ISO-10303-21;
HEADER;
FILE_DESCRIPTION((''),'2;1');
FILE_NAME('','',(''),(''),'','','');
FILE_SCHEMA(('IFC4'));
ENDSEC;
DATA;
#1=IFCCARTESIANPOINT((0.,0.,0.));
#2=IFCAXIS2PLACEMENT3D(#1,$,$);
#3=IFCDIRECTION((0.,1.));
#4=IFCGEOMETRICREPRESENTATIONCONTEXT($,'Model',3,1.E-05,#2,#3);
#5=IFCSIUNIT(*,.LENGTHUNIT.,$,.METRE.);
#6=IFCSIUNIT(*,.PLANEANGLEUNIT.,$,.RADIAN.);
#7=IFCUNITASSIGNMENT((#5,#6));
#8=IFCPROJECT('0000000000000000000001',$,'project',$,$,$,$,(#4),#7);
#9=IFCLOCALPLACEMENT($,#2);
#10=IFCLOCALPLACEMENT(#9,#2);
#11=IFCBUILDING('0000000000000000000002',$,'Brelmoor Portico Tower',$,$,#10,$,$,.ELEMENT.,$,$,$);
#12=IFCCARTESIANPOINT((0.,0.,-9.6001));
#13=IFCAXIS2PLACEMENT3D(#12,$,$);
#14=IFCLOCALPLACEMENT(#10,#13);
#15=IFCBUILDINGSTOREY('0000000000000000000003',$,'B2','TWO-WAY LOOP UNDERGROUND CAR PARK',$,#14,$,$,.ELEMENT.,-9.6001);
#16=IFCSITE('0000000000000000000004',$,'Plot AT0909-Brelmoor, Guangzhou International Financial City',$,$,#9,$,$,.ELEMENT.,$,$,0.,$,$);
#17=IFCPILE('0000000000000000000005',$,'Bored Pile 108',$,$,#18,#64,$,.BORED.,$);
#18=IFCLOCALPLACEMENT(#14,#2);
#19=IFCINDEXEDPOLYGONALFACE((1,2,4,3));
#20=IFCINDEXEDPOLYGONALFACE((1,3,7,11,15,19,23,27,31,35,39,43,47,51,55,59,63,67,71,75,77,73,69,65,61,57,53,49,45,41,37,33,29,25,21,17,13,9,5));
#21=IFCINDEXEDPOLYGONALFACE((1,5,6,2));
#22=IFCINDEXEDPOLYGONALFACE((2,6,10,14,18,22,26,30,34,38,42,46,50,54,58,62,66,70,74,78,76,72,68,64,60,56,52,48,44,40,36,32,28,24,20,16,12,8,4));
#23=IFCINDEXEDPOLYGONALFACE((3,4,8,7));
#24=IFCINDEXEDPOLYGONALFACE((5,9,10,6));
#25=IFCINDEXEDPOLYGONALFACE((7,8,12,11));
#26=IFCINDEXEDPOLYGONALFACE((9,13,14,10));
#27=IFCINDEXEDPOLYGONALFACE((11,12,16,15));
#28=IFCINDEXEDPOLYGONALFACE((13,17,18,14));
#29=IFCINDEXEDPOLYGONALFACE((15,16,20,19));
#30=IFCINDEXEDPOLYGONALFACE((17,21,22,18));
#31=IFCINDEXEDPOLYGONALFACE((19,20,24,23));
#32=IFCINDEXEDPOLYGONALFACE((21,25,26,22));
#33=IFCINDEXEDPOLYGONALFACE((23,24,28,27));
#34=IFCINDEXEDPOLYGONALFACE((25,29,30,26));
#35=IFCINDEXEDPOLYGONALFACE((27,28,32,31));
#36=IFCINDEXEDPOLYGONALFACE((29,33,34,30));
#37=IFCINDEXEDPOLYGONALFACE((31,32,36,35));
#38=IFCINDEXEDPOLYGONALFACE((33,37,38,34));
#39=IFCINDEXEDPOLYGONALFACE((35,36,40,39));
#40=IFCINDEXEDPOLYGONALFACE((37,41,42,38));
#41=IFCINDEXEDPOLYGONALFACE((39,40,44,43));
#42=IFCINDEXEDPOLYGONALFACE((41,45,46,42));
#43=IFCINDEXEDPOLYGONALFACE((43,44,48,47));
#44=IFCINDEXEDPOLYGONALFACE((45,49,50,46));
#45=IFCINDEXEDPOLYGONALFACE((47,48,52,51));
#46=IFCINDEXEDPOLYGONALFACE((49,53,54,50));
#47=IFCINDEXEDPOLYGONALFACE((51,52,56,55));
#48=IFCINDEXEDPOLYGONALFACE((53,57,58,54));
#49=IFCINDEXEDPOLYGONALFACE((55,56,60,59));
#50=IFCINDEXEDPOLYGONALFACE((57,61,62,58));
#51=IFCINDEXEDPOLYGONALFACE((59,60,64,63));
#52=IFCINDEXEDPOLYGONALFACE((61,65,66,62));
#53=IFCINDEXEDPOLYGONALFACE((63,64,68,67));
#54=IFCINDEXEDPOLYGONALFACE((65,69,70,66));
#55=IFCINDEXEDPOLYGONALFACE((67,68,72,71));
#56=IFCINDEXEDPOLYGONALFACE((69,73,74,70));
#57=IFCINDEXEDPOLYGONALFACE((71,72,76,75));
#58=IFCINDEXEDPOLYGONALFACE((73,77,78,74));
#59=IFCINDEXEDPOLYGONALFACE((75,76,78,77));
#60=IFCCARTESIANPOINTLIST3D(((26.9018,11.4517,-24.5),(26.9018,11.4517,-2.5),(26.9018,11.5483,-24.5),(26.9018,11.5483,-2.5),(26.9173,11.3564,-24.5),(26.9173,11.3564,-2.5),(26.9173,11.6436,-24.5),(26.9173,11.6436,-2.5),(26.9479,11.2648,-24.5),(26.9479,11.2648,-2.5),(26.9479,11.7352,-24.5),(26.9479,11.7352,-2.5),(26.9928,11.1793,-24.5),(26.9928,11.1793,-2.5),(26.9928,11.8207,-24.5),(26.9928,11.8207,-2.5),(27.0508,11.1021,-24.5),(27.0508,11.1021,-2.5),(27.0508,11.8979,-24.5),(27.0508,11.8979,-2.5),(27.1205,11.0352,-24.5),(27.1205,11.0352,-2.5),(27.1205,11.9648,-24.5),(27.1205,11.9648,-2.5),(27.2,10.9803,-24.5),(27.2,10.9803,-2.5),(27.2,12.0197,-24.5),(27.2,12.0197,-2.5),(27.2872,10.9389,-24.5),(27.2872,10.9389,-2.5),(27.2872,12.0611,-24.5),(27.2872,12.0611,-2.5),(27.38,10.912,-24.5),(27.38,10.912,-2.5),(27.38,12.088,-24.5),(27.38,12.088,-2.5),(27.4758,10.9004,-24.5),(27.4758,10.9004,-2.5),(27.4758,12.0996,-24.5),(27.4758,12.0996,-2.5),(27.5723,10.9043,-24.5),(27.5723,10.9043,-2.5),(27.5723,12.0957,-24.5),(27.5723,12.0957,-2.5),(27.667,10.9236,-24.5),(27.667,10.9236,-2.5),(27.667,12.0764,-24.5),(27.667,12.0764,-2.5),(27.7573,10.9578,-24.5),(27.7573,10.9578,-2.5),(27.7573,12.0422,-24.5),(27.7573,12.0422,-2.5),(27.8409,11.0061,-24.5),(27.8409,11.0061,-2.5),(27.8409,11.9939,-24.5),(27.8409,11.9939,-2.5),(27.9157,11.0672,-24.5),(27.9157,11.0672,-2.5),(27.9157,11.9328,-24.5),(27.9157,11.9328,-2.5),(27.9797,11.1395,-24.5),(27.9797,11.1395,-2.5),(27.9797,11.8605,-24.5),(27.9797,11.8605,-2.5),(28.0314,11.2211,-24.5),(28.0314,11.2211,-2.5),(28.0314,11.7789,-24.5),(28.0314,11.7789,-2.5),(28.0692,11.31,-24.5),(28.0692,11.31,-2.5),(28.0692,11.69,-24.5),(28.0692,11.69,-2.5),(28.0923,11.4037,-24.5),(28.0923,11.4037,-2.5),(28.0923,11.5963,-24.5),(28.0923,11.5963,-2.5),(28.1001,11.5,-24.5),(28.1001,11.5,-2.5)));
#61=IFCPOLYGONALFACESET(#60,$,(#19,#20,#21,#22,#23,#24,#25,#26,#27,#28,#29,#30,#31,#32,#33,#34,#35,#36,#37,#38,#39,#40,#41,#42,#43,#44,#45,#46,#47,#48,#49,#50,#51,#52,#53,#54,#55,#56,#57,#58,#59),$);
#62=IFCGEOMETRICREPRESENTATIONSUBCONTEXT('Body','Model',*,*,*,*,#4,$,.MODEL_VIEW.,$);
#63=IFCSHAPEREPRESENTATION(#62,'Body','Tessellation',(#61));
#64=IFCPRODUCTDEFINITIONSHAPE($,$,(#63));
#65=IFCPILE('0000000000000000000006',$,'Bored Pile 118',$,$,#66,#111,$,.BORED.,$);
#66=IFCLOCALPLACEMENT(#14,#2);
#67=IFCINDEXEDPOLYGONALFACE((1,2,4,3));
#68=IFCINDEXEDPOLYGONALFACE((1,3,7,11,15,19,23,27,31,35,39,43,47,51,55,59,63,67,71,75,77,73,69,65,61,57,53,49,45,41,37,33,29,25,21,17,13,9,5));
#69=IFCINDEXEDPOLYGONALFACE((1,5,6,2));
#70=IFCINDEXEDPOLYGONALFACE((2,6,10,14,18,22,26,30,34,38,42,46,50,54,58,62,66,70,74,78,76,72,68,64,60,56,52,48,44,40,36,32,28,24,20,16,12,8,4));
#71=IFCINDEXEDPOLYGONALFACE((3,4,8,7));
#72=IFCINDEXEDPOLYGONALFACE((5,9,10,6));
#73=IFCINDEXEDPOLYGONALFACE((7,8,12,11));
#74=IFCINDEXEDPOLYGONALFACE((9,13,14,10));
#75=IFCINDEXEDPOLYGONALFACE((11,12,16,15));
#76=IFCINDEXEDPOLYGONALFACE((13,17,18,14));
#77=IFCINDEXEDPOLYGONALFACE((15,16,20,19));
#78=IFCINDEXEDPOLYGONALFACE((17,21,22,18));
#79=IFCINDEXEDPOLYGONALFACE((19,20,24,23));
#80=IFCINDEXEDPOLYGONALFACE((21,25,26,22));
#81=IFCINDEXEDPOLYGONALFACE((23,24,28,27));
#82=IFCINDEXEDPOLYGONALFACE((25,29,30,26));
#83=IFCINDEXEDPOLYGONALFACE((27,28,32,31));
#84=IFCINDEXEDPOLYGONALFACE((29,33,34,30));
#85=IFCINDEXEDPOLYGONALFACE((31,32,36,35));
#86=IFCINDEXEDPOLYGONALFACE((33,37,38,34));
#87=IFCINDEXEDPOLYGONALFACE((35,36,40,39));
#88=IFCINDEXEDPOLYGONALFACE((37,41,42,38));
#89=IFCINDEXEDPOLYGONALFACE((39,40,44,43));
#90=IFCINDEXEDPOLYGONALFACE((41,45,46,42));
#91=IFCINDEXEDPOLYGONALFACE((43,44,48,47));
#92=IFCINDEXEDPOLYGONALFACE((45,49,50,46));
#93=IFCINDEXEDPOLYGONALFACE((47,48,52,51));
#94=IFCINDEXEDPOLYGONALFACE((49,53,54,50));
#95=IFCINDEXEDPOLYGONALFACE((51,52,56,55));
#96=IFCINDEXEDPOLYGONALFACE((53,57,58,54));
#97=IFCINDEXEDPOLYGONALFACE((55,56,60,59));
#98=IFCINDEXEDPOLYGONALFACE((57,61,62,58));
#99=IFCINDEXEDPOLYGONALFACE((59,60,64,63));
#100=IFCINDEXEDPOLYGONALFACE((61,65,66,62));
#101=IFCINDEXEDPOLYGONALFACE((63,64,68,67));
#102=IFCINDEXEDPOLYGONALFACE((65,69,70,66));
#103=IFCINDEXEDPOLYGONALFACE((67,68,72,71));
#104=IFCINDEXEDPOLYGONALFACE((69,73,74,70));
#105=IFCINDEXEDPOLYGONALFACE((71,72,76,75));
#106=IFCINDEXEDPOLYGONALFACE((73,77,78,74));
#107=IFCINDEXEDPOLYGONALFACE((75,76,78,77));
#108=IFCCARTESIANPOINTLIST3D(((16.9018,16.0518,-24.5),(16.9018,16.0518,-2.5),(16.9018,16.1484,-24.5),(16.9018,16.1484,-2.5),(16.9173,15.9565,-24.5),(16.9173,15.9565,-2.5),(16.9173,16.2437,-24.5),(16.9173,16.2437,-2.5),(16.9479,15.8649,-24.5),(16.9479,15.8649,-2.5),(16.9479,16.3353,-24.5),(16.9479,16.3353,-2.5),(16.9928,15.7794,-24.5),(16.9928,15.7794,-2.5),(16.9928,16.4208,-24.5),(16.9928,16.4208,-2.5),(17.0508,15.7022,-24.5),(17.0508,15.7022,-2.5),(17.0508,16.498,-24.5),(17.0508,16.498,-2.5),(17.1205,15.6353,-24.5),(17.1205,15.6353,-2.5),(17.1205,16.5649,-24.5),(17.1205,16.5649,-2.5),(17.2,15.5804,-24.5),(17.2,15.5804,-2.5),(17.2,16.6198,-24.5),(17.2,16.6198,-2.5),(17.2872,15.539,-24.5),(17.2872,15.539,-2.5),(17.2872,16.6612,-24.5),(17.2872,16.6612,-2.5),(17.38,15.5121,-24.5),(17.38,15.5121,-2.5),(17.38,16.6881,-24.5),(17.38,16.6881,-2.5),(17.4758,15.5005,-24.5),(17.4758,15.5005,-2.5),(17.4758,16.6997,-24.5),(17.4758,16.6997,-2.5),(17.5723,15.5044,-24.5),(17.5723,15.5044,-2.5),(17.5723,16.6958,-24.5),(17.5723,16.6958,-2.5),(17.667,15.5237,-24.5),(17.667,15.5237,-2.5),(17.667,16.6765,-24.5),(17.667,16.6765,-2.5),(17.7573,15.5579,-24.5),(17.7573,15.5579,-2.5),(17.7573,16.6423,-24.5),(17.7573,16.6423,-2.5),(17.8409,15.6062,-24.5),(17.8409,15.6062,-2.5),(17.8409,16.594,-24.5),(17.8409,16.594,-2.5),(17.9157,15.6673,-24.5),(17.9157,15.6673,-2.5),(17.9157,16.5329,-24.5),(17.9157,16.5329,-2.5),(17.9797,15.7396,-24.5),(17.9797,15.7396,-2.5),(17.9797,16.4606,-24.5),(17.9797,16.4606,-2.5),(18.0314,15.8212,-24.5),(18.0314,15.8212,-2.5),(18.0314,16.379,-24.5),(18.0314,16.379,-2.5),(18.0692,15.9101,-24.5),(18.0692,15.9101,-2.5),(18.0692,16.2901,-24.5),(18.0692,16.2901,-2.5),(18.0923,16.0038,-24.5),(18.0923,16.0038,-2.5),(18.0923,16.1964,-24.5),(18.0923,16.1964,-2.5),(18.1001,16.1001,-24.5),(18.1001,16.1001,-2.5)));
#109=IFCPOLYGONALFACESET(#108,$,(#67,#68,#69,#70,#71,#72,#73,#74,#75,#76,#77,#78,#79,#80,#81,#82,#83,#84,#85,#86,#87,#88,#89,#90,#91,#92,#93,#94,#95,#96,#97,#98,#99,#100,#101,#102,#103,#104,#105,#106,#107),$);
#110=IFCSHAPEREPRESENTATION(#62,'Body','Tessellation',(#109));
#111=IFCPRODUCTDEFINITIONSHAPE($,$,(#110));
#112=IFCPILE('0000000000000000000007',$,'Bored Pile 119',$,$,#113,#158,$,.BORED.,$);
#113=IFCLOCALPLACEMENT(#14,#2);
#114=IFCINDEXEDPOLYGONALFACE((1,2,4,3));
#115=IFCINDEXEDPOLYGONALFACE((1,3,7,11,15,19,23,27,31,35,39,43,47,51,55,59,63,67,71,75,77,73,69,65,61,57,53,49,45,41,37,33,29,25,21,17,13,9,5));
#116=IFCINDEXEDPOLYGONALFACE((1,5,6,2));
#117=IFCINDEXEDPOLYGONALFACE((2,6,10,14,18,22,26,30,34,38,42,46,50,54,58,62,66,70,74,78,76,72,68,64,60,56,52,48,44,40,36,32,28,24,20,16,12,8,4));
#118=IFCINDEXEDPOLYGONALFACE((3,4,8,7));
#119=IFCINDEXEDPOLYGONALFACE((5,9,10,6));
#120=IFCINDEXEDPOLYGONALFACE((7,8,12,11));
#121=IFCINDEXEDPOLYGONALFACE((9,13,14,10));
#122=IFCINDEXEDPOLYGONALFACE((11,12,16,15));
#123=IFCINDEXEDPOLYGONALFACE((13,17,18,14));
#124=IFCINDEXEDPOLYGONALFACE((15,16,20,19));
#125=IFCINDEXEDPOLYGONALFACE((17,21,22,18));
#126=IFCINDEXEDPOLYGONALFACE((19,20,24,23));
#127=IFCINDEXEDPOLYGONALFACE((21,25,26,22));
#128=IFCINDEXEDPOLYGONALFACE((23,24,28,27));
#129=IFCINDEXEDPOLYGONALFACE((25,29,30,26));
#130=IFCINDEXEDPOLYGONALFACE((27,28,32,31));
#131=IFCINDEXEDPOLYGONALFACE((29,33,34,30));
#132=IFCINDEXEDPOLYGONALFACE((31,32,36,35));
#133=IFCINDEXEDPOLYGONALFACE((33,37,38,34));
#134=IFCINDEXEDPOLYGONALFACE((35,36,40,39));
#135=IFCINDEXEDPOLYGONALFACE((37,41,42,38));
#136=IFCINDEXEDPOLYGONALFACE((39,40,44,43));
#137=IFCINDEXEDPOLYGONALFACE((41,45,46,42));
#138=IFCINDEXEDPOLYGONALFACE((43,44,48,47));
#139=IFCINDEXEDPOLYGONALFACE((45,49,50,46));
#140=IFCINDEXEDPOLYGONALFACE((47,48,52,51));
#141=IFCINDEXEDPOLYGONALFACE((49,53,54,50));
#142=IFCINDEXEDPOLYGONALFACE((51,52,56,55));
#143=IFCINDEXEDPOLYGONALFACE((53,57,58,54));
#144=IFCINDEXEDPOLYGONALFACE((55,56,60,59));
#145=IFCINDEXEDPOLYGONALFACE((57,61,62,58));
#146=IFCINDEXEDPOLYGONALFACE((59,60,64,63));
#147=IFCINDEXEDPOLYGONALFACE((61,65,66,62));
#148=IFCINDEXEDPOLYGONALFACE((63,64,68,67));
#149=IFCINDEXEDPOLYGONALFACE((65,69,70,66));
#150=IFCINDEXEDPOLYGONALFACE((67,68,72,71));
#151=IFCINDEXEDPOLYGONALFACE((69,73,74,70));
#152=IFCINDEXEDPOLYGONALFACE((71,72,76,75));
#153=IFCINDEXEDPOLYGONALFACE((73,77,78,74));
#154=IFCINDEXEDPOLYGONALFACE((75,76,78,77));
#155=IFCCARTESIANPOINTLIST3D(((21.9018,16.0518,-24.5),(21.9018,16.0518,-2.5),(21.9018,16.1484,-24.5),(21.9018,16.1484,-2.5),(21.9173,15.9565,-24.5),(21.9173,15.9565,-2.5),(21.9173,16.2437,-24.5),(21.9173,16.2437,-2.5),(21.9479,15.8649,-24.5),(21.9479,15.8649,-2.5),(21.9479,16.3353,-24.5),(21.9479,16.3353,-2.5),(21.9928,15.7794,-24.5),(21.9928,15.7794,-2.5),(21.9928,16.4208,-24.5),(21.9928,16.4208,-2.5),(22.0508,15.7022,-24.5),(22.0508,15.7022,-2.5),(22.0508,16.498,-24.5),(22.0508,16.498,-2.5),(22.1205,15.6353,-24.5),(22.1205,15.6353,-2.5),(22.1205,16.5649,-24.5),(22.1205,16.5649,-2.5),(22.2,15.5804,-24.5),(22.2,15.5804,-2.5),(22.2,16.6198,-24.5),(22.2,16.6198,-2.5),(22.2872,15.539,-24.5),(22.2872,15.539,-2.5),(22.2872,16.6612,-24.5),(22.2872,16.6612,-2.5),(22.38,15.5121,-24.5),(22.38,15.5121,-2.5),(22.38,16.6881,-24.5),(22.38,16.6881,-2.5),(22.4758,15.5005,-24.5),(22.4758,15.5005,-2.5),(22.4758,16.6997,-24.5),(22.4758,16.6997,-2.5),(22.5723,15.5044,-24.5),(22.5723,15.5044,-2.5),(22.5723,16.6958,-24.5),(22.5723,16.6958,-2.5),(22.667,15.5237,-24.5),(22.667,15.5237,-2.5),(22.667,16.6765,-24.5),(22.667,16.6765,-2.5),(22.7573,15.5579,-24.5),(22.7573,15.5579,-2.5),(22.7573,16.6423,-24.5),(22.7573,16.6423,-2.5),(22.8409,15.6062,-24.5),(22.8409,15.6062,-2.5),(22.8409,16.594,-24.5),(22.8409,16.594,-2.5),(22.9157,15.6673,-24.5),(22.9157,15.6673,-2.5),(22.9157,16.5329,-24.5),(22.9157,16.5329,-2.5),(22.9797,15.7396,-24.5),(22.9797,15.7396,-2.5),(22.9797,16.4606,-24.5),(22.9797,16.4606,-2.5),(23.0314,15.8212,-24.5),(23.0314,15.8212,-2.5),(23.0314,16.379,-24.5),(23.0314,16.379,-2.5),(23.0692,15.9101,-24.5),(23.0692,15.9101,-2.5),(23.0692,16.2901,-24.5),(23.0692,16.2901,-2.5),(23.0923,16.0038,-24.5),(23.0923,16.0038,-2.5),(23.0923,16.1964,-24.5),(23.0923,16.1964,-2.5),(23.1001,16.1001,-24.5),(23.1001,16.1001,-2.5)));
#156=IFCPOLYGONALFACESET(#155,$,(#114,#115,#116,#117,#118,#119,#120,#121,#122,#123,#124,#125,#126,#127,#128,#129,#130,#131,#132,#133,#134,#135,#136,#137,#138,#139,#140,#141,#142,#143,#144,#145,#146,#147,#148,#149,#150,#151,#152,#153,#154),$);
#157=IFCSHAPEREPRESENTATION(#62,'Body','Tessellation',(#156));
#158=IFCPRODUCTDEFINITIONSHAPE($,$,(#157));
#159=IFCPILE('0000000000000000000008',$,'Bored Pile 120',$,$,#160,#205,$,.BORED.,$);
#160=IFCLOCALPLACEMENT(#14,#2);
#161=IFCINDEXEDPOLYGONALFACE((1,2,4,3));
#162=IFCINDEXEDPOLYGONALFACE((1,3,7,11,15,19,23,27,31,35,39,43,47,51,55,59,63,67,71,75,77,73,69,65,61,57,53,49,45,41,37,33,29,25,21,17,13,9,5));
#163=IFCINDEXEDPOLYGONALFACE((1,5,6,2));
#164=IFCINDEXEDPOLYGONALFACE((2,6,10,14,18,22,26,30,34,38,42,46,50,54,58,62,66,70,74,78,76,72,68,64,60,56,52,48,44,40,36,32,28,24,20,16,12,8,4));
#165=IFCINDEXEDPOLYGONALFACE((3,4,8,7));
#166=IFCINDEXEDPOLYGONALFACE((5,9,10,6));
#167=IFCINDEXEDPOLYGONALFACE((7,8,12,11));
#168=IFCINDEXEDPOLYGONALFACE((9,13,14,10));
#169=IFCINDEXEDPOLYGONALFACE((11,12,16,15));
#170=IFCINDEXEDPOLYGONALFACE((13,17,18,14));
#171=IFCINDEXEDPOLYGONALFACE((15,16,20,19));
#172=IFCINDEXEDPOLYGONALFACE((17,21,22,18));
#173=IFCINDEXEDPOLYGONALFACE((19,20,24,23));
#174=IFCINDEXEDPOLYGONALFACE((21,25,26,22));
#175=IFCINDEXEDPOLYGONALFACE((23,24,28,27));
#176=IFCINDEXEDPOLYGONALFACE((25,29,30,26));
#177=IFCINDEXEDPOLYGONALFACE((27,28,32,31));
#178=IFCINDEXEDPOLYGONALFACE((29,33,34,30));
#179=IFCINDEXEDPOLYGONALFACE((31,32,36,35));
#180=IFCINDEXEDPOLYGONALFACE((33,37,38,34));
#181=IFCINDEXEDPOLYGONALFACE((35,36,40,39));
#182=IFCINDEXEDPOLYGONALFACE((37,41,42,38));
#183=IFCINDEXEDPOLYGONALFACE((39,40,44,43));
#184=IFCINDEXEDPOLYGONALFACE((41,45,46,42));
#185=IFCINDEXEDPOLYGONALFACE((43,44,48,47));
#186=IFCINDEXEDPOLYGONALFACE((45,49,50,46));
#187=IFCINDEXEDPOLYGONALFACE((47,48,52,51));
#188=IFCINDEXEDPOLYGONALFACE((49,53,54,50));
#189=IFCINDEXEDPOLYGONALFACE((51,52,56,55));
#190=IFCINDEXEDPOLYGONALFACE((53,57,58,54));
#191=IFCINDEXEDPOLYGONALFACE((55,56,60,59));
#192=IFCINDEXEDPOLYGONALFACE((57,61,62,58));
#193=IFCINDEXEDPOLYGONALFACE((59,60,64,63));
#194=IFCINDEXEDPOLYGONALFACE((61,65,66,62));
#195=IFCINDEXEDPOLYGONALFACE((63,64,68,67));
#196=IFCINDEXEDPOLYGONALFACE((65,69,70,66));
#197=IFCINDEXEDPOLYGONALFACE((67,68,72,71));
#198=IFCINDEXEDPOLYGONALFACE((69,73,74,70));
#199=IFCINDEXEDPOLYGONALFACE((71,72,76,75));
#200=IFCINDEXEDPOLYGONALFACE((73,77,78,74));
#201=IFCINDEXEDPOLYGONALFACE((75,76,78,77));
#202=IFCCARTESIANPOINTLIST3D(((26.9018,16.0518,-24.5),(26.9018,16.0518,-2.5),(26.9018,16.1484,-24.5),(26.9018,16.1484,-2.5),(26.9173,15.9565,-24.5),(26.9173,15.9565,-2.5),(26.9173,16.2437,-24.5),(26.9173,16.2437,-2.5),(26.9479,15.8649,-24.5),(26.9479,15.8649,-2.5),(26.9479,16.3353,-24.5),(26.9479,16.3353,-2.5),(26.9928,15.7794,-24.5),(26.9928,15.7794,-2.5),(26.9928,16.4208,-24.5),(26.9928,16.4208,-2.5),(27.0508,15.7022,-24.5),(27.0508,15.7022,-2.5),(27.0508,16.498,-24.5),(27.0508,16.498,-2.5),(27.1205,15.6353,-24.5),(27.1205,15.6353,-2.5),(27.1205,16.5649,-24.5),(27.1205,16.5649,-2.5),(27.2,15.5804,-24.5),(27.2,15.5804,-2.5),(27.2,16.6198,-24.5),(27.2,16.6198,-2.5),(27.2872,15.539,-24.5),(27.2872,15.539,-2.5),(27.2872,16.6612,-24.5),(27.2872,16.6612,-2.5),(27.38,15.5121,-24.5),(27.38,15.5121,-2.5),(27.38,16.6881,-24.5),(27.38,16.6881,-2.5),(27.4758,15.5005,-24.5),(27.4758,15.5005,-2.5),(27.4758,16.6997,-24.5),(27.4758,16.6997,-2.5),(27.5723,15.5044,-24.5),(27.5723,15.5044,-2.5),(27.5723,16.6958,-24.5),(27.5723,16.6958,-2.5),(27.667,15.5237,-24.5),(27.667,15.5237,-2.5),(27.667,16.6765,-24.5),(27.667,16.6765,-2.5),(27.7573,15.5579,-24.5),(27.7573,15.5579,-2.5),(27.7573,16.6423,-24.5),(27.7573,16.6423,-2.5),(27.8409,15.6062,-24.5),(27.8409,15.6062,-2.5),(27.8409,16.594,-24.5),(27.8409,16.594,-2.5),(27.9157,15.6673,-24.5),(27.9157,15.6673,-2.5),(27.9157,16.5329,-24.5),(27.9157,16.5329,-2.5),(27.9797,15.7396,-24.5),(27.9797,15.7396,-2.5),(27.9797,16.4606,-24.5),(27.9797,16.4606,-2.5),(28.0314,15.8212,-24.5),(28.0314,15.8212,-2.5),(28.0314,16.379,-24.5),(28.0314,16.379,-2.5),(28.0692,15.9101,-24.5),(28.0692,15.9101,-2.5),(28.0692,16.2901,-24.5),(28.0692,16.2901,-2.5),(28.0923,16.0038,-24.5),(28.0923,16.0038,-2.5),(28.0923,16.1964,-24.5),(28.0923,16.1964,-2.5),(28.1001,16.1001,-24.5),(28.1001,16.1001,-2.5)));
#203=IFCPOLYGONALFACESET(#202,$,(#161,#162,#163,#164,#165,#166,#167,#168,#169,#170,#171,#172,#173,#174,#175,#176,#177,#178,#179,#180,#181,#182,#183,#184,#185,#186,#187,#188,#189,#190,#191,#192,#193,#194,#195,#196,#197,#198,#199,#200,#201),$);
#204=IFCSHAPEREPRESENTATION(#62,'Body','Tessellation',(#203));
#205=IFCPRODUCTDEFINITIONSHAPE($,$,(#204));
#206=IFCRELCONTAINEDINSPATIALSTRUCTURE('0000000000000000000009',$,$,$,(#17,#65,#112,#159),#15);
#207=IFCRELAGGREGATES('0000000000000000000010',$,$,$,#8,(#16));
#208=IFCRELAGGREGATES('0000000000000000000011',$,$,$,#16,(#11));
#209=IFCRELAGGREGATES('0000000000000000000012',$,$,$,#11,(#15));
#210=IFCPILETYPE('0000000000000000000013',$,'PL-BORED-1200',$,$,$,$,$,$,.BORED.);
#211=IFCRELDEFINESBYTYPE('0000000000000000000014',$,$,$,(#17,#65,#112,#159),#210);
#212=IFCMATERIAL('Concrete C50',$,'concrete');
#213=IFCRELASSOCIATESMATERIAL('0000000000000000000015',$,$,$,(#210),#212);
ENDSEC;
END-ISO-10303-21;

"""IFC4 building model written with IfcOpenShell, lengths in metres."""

from ifc_helpers import new_model, si_unit, direction, frame, origin, origin_2d, place, context, subcontext, project, spatial, circle, extrude, material, material_profile, profile_set, type_object, element, save


model = new_model("IFC4")

# Units and contexts
model_context = context("Model", 3, precision=1e-05, world=origin(), true_north=direction((0.0, 1.0)))
body_context = subcontext(model_context, "Body", "Model", "MODEL_VIEW")
ifc_project = project(units=[si_unit("LENGTHUNIT", "METRE"), si_unit("PLANEANGLEUNIT", "RADIAN")], contexts=[model_context])

# Site, building, storey
site_placement = place(None, origin())
site = spatial("IfcSite", under=ifc_project, at=site_placement, Name="Plot AT0909-Brelmoor, Guangzhou International Financial City", CompositionType="ELEMENT", RefElevation=0.0)
building_placement = place(site_placement, origin())
building = spatial("IfcBuilding", under=site, at=building_placement, Name="Brelmoor Portico Tower", CompositionType="ELEMENT")
storey_placement = place(building_placement, frame((0.0, 0.0, -9.6001)))
storey = spatial("IfcBuildingStorey", under=building, at=storey_placement, Name="B2", Description="TWO-WAY LOOP UNDERGROUND CAR PARK", CompositionType="ELEMENT", Elevation=-9.6001)

# Piles
ifc_material_1 = material(Name="Concrete C50", Category="concrete")
ifc_material_profile_1 = material_profile(ifc_material_1, circle(Radius=0.6001, at=origin_2d()), Name="BORED PILE D1200")
ifc_profile_set_1 = profile_set([ifc_material_profile_1], Name="Concrete C50")
pile_type = type_object("IfcPileType", Name="PL-BORED-1200", PredefinedType="BORED", material=ifc_profile_set_1)
for number, where, z_axis, x_axis, name in (
    (1, (27.5, 11.5, -2.5), (0.0, 0.0, -1.0), (1.0, 0.0, 0.0), "Bored Pile 108"),
    (2, (17.5, 16.1001, -2.5), (0.0, 0.0, -1.0), (1.0, 0.0, 0.0), "Bored Pile 118"),
    (3, (22.5, 16.1001, -2.5), (0.0, 0.0, -1.0), (1.0, 0.0, 0.0), "Bored Pile 119"),
    (4, (27.5, 16.1001, -2.5), (0.0, 0.0, -1.0), (1.0, 0.0, 0.0), "Bored Pile 120"),
):
    element("IfcPile", number, at=place(storey_placement, frame(where, z_axis=z_axis, x_axis=x_axis)), inside=storey, type_object=pile_type, Name=name, PredefinedType="BORED", context=body_context, shape_type="SweptSolid", body=[
        extrude(circle(Radius=0.6001, at=origin_2d()), origin(), (0.0, 0.0, 1.0), 22.0),
    ])

save(model, "model.ifc")
